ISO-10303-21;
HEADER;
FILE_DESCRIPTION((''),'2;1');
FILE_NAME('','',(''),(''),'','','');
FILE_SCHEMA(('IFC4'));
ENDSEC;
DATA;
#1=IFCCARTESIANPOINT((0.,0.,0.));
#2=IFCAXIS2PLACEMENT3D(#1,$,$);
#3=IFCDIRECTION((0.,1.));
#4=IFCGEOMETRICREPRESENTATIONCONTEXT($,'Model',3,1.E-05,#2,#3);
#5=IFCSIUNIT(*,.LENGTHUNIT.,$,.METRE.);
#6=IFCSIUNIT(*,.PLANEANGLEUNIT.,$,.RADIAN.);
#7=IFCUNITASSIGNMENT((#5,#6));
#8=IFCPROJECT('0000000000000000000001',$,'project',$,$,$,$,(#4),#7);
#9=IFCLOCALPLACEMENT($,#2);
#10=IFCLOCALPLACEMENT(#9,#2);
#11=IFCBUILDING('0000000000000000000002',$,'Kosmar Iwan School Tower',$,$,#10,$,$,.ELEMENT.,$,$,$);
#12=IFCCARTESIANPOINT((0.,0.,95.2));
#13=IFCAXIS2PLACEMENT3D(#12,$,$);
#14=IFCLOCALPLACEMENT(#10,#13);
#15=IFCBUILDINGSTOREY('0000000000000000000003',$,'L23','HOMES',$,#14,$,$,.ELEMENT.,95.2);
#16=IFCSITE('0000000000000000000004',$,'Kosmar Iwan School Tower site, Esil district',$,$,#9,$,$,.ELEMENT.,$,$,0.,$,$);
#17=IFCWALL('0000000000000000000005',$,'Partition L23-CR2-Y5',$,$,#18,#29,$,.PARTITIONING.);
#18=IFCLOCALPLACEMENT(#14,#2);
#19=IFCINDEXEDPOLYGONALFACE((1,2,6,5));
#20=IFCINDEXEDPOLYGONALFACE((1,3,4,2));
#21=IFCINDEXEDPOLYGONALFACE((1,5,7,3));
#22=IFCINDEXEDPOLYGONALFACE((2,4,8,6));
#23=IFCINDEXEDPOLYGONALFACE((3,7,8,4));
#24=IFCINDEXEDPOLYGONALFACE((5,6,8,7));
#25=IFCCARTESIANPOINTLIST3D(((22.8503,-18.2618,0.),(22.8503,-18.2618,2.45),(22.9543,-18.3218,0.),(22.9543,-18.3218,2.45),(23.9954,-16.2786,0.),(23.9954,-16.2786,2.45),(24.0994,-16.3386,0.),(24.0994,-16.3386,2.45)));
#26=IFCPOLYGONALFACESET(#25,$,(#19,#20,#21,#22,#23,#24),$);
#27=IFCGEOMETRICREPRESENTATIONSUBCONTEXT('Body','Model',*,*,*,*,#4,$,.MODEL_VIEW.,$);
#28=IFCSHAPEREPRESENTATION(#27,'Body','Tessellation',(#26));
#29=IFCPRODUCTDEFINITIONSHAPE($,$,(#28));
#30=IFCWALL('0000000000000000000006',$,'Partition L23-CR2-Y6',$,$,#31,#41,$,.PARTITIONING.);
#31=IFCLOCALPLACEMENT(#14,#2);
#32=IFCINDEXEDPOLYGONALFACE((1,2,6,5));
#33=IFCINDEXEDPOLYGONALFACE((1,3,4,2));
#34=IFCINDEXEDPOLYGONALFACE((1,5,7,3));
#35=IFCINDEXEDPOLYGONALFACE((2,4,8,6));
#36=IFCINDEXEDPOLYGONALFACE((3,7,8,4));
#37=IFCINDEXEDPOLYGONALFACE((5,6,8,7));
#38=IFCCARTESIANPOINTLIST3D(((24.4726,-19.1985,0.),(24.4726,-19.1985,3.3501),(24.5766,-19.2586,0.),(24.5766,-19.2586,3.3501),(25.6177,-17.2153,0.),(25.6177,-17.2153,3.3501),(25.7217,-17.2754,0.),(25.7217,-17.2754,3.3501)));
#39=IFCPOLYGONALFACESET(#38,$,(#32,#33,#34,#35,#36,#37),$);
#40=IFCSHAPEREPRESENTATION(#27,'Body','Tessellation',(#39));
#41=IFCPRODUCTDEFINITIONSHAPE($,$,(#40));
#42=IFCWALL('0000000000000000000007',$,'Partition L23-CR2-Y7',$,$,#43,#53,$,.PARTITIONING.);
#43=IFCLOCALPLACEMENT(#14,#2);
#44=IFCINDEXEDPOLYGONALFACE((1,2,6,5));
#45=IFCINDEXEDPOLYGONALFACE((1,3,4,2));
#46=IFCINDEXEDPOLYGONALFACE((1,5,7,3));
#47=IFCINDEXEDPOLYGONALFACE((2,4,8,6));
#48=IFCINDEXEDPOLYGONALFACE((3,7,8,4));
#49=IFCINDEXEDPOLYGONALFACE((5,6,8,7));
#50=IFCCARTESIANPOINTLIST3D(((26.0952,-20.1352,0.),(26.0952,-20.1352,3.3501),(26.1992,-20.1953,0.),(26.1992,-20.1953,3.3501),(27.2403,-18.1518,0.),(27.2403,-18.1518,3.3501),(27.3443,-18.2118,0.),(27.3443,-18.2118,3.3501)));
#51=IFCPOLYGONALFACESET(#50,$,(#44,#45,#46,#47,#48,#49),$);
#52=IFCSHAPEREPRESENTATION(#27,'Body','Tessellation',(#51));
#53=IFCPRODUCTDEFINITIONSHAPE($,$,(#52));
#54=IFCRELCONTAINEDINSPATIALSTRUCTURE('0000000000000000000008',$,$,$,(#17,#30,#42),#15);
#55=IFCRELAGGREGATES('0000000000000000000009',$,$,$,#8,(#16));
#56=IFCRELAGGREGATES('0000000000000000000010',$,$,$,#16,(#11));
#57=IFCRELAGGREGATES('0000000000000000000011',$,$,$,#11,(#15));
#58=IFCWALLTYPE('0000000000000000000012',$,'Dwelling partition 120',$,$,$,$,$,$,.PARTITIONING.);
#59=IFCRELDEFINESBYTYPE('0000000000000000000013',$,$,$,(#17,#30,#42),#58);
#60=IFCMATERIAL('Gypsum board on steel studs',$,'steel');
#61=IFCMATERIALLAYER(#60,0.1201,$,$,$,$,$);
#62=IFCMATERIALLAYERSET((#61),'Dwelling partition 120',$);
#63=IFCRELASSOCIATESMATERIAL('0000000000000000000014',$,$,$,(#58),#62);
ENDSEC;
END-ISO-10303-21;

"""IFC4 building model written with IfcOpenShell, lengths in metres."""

from ifc_helpers import new_model, si_unit, direction, frame, frame_2d, origin, place, context, subcontext, project, spatial, rectangle, extrude, material, layer, layer_set, type_object, element, save


model = new_model("IFC4")

# Units and contexts
model_context = context("Model", 3, precision=1e-05, world=origin(), true_north=direction((0.0, 1.0)))
body_context = subcontext(model_context, "Body", "Model", "MODEL_VIEW")
ifc_project = project(units=[si_unit("LENGTHUNIT", "METRE"), si_unit("PLANEANGLEUNIT", "RADIAN")], contexts=[model_context])

# Site, building, storey
site_placement = place(None, origin())
site = spatial("IfcSite", under=ifc_project, at=site_placement, Name="Kosmar Iwan School Tower site, Esil district", CompositionType="ELEMENT", RefElevation=0.0)
building_placement = place(site_placement, origin())
building = spatial("IfcBuilding", under=site, at=building_placement, Name="Kosmar Iwan School Tower", CompositionType="ELEMENT")
storey_placement = place(building_placement, frame((0.0, 0.0, 95.2)))
storey = spatial("IfcBuildingStorey", under=building, at=storey_placement, Name="L23", Description="HOMES", CompositionType="ELEMENT", Elevation=95.2)

# Shared definitions
ifc_material_1 = material(Name="Gypsum board on steel studs", Category="steel")
ifc_layer_1 = layer(ifc_material_1, 0.1201)
ifc_layer_set_1 = layer_set([ifc_layer_1], Name="Dwelling partition 120")
wall_type = type_object("IfcWallType", Name="Dwelling partition 120", PredefinedType="PARTITIONING", material=ifc_layer_set_1)

# Walls
wall_1_placement = place(storey_placement, frame((24.0474, -16.3086, 0.0), z_axis=(0.0, 0.0, 1.0), x_axis=(-0.500015, -0.866017, 0.0)))
element("IfcWall", 1, at=wall_1_placement, inside=storey, type_object=wall_type, Name="Partition L23-CR2-Y5", PredefinedType="PARTITIONING", context=body_context, shape_type="SweptSolid", body=[
    extrude(rectangle(XDim=2.29, YDim=0.1201, at=frame_2d((1.145, 0.0))), origin(), (0.0, 0.0, 1.0), 2.45),
])
wall_2_placement = place(storey_placement, frame((25.6697, -17.2454, 0.0), z_axis=(0.0, 0.0, 1.0), x_axis=(-0.500015, -0.866017, 0.0)))
element("IfcWall", 2, at=wall_2_placement, inside=storey, type_object=wall_type, Name="Partition L23-CR2-Y6", PredefinedType="PARTITIONING", context=body_context, shape_type="SweptSolid", body=[
    extrude(rectangle(XDim=2.29, YDim=0.1201, at=frame_2d((1.145, 0.0))), origin(), (0.0, 0.0, 1.0), 3.3501),
])
wall_3_placement = place(storey_placement, frame((27.2922, -18.1819, 0.0), z_axis=(0.0, 0.0, 1.0), x_axis=(-0.499969, -0.866044, 0.0)))
element("IfcWall", 3, at=wall_3_placement, inside=storey, type_object=wall_type, Name="Partition L23-CR2-Y7", PredefinedType="PARTITIONING", context=body_context, shape_type="SweptSolid", body=[
    extrude(rectangle(XDim=2.2903, YDim=0.1201, at=frame_2d((1.145, 0.0))), origin(), (0.0, 0.0, 1.0), 3.3501),
])

save(model, "model.ifc")
